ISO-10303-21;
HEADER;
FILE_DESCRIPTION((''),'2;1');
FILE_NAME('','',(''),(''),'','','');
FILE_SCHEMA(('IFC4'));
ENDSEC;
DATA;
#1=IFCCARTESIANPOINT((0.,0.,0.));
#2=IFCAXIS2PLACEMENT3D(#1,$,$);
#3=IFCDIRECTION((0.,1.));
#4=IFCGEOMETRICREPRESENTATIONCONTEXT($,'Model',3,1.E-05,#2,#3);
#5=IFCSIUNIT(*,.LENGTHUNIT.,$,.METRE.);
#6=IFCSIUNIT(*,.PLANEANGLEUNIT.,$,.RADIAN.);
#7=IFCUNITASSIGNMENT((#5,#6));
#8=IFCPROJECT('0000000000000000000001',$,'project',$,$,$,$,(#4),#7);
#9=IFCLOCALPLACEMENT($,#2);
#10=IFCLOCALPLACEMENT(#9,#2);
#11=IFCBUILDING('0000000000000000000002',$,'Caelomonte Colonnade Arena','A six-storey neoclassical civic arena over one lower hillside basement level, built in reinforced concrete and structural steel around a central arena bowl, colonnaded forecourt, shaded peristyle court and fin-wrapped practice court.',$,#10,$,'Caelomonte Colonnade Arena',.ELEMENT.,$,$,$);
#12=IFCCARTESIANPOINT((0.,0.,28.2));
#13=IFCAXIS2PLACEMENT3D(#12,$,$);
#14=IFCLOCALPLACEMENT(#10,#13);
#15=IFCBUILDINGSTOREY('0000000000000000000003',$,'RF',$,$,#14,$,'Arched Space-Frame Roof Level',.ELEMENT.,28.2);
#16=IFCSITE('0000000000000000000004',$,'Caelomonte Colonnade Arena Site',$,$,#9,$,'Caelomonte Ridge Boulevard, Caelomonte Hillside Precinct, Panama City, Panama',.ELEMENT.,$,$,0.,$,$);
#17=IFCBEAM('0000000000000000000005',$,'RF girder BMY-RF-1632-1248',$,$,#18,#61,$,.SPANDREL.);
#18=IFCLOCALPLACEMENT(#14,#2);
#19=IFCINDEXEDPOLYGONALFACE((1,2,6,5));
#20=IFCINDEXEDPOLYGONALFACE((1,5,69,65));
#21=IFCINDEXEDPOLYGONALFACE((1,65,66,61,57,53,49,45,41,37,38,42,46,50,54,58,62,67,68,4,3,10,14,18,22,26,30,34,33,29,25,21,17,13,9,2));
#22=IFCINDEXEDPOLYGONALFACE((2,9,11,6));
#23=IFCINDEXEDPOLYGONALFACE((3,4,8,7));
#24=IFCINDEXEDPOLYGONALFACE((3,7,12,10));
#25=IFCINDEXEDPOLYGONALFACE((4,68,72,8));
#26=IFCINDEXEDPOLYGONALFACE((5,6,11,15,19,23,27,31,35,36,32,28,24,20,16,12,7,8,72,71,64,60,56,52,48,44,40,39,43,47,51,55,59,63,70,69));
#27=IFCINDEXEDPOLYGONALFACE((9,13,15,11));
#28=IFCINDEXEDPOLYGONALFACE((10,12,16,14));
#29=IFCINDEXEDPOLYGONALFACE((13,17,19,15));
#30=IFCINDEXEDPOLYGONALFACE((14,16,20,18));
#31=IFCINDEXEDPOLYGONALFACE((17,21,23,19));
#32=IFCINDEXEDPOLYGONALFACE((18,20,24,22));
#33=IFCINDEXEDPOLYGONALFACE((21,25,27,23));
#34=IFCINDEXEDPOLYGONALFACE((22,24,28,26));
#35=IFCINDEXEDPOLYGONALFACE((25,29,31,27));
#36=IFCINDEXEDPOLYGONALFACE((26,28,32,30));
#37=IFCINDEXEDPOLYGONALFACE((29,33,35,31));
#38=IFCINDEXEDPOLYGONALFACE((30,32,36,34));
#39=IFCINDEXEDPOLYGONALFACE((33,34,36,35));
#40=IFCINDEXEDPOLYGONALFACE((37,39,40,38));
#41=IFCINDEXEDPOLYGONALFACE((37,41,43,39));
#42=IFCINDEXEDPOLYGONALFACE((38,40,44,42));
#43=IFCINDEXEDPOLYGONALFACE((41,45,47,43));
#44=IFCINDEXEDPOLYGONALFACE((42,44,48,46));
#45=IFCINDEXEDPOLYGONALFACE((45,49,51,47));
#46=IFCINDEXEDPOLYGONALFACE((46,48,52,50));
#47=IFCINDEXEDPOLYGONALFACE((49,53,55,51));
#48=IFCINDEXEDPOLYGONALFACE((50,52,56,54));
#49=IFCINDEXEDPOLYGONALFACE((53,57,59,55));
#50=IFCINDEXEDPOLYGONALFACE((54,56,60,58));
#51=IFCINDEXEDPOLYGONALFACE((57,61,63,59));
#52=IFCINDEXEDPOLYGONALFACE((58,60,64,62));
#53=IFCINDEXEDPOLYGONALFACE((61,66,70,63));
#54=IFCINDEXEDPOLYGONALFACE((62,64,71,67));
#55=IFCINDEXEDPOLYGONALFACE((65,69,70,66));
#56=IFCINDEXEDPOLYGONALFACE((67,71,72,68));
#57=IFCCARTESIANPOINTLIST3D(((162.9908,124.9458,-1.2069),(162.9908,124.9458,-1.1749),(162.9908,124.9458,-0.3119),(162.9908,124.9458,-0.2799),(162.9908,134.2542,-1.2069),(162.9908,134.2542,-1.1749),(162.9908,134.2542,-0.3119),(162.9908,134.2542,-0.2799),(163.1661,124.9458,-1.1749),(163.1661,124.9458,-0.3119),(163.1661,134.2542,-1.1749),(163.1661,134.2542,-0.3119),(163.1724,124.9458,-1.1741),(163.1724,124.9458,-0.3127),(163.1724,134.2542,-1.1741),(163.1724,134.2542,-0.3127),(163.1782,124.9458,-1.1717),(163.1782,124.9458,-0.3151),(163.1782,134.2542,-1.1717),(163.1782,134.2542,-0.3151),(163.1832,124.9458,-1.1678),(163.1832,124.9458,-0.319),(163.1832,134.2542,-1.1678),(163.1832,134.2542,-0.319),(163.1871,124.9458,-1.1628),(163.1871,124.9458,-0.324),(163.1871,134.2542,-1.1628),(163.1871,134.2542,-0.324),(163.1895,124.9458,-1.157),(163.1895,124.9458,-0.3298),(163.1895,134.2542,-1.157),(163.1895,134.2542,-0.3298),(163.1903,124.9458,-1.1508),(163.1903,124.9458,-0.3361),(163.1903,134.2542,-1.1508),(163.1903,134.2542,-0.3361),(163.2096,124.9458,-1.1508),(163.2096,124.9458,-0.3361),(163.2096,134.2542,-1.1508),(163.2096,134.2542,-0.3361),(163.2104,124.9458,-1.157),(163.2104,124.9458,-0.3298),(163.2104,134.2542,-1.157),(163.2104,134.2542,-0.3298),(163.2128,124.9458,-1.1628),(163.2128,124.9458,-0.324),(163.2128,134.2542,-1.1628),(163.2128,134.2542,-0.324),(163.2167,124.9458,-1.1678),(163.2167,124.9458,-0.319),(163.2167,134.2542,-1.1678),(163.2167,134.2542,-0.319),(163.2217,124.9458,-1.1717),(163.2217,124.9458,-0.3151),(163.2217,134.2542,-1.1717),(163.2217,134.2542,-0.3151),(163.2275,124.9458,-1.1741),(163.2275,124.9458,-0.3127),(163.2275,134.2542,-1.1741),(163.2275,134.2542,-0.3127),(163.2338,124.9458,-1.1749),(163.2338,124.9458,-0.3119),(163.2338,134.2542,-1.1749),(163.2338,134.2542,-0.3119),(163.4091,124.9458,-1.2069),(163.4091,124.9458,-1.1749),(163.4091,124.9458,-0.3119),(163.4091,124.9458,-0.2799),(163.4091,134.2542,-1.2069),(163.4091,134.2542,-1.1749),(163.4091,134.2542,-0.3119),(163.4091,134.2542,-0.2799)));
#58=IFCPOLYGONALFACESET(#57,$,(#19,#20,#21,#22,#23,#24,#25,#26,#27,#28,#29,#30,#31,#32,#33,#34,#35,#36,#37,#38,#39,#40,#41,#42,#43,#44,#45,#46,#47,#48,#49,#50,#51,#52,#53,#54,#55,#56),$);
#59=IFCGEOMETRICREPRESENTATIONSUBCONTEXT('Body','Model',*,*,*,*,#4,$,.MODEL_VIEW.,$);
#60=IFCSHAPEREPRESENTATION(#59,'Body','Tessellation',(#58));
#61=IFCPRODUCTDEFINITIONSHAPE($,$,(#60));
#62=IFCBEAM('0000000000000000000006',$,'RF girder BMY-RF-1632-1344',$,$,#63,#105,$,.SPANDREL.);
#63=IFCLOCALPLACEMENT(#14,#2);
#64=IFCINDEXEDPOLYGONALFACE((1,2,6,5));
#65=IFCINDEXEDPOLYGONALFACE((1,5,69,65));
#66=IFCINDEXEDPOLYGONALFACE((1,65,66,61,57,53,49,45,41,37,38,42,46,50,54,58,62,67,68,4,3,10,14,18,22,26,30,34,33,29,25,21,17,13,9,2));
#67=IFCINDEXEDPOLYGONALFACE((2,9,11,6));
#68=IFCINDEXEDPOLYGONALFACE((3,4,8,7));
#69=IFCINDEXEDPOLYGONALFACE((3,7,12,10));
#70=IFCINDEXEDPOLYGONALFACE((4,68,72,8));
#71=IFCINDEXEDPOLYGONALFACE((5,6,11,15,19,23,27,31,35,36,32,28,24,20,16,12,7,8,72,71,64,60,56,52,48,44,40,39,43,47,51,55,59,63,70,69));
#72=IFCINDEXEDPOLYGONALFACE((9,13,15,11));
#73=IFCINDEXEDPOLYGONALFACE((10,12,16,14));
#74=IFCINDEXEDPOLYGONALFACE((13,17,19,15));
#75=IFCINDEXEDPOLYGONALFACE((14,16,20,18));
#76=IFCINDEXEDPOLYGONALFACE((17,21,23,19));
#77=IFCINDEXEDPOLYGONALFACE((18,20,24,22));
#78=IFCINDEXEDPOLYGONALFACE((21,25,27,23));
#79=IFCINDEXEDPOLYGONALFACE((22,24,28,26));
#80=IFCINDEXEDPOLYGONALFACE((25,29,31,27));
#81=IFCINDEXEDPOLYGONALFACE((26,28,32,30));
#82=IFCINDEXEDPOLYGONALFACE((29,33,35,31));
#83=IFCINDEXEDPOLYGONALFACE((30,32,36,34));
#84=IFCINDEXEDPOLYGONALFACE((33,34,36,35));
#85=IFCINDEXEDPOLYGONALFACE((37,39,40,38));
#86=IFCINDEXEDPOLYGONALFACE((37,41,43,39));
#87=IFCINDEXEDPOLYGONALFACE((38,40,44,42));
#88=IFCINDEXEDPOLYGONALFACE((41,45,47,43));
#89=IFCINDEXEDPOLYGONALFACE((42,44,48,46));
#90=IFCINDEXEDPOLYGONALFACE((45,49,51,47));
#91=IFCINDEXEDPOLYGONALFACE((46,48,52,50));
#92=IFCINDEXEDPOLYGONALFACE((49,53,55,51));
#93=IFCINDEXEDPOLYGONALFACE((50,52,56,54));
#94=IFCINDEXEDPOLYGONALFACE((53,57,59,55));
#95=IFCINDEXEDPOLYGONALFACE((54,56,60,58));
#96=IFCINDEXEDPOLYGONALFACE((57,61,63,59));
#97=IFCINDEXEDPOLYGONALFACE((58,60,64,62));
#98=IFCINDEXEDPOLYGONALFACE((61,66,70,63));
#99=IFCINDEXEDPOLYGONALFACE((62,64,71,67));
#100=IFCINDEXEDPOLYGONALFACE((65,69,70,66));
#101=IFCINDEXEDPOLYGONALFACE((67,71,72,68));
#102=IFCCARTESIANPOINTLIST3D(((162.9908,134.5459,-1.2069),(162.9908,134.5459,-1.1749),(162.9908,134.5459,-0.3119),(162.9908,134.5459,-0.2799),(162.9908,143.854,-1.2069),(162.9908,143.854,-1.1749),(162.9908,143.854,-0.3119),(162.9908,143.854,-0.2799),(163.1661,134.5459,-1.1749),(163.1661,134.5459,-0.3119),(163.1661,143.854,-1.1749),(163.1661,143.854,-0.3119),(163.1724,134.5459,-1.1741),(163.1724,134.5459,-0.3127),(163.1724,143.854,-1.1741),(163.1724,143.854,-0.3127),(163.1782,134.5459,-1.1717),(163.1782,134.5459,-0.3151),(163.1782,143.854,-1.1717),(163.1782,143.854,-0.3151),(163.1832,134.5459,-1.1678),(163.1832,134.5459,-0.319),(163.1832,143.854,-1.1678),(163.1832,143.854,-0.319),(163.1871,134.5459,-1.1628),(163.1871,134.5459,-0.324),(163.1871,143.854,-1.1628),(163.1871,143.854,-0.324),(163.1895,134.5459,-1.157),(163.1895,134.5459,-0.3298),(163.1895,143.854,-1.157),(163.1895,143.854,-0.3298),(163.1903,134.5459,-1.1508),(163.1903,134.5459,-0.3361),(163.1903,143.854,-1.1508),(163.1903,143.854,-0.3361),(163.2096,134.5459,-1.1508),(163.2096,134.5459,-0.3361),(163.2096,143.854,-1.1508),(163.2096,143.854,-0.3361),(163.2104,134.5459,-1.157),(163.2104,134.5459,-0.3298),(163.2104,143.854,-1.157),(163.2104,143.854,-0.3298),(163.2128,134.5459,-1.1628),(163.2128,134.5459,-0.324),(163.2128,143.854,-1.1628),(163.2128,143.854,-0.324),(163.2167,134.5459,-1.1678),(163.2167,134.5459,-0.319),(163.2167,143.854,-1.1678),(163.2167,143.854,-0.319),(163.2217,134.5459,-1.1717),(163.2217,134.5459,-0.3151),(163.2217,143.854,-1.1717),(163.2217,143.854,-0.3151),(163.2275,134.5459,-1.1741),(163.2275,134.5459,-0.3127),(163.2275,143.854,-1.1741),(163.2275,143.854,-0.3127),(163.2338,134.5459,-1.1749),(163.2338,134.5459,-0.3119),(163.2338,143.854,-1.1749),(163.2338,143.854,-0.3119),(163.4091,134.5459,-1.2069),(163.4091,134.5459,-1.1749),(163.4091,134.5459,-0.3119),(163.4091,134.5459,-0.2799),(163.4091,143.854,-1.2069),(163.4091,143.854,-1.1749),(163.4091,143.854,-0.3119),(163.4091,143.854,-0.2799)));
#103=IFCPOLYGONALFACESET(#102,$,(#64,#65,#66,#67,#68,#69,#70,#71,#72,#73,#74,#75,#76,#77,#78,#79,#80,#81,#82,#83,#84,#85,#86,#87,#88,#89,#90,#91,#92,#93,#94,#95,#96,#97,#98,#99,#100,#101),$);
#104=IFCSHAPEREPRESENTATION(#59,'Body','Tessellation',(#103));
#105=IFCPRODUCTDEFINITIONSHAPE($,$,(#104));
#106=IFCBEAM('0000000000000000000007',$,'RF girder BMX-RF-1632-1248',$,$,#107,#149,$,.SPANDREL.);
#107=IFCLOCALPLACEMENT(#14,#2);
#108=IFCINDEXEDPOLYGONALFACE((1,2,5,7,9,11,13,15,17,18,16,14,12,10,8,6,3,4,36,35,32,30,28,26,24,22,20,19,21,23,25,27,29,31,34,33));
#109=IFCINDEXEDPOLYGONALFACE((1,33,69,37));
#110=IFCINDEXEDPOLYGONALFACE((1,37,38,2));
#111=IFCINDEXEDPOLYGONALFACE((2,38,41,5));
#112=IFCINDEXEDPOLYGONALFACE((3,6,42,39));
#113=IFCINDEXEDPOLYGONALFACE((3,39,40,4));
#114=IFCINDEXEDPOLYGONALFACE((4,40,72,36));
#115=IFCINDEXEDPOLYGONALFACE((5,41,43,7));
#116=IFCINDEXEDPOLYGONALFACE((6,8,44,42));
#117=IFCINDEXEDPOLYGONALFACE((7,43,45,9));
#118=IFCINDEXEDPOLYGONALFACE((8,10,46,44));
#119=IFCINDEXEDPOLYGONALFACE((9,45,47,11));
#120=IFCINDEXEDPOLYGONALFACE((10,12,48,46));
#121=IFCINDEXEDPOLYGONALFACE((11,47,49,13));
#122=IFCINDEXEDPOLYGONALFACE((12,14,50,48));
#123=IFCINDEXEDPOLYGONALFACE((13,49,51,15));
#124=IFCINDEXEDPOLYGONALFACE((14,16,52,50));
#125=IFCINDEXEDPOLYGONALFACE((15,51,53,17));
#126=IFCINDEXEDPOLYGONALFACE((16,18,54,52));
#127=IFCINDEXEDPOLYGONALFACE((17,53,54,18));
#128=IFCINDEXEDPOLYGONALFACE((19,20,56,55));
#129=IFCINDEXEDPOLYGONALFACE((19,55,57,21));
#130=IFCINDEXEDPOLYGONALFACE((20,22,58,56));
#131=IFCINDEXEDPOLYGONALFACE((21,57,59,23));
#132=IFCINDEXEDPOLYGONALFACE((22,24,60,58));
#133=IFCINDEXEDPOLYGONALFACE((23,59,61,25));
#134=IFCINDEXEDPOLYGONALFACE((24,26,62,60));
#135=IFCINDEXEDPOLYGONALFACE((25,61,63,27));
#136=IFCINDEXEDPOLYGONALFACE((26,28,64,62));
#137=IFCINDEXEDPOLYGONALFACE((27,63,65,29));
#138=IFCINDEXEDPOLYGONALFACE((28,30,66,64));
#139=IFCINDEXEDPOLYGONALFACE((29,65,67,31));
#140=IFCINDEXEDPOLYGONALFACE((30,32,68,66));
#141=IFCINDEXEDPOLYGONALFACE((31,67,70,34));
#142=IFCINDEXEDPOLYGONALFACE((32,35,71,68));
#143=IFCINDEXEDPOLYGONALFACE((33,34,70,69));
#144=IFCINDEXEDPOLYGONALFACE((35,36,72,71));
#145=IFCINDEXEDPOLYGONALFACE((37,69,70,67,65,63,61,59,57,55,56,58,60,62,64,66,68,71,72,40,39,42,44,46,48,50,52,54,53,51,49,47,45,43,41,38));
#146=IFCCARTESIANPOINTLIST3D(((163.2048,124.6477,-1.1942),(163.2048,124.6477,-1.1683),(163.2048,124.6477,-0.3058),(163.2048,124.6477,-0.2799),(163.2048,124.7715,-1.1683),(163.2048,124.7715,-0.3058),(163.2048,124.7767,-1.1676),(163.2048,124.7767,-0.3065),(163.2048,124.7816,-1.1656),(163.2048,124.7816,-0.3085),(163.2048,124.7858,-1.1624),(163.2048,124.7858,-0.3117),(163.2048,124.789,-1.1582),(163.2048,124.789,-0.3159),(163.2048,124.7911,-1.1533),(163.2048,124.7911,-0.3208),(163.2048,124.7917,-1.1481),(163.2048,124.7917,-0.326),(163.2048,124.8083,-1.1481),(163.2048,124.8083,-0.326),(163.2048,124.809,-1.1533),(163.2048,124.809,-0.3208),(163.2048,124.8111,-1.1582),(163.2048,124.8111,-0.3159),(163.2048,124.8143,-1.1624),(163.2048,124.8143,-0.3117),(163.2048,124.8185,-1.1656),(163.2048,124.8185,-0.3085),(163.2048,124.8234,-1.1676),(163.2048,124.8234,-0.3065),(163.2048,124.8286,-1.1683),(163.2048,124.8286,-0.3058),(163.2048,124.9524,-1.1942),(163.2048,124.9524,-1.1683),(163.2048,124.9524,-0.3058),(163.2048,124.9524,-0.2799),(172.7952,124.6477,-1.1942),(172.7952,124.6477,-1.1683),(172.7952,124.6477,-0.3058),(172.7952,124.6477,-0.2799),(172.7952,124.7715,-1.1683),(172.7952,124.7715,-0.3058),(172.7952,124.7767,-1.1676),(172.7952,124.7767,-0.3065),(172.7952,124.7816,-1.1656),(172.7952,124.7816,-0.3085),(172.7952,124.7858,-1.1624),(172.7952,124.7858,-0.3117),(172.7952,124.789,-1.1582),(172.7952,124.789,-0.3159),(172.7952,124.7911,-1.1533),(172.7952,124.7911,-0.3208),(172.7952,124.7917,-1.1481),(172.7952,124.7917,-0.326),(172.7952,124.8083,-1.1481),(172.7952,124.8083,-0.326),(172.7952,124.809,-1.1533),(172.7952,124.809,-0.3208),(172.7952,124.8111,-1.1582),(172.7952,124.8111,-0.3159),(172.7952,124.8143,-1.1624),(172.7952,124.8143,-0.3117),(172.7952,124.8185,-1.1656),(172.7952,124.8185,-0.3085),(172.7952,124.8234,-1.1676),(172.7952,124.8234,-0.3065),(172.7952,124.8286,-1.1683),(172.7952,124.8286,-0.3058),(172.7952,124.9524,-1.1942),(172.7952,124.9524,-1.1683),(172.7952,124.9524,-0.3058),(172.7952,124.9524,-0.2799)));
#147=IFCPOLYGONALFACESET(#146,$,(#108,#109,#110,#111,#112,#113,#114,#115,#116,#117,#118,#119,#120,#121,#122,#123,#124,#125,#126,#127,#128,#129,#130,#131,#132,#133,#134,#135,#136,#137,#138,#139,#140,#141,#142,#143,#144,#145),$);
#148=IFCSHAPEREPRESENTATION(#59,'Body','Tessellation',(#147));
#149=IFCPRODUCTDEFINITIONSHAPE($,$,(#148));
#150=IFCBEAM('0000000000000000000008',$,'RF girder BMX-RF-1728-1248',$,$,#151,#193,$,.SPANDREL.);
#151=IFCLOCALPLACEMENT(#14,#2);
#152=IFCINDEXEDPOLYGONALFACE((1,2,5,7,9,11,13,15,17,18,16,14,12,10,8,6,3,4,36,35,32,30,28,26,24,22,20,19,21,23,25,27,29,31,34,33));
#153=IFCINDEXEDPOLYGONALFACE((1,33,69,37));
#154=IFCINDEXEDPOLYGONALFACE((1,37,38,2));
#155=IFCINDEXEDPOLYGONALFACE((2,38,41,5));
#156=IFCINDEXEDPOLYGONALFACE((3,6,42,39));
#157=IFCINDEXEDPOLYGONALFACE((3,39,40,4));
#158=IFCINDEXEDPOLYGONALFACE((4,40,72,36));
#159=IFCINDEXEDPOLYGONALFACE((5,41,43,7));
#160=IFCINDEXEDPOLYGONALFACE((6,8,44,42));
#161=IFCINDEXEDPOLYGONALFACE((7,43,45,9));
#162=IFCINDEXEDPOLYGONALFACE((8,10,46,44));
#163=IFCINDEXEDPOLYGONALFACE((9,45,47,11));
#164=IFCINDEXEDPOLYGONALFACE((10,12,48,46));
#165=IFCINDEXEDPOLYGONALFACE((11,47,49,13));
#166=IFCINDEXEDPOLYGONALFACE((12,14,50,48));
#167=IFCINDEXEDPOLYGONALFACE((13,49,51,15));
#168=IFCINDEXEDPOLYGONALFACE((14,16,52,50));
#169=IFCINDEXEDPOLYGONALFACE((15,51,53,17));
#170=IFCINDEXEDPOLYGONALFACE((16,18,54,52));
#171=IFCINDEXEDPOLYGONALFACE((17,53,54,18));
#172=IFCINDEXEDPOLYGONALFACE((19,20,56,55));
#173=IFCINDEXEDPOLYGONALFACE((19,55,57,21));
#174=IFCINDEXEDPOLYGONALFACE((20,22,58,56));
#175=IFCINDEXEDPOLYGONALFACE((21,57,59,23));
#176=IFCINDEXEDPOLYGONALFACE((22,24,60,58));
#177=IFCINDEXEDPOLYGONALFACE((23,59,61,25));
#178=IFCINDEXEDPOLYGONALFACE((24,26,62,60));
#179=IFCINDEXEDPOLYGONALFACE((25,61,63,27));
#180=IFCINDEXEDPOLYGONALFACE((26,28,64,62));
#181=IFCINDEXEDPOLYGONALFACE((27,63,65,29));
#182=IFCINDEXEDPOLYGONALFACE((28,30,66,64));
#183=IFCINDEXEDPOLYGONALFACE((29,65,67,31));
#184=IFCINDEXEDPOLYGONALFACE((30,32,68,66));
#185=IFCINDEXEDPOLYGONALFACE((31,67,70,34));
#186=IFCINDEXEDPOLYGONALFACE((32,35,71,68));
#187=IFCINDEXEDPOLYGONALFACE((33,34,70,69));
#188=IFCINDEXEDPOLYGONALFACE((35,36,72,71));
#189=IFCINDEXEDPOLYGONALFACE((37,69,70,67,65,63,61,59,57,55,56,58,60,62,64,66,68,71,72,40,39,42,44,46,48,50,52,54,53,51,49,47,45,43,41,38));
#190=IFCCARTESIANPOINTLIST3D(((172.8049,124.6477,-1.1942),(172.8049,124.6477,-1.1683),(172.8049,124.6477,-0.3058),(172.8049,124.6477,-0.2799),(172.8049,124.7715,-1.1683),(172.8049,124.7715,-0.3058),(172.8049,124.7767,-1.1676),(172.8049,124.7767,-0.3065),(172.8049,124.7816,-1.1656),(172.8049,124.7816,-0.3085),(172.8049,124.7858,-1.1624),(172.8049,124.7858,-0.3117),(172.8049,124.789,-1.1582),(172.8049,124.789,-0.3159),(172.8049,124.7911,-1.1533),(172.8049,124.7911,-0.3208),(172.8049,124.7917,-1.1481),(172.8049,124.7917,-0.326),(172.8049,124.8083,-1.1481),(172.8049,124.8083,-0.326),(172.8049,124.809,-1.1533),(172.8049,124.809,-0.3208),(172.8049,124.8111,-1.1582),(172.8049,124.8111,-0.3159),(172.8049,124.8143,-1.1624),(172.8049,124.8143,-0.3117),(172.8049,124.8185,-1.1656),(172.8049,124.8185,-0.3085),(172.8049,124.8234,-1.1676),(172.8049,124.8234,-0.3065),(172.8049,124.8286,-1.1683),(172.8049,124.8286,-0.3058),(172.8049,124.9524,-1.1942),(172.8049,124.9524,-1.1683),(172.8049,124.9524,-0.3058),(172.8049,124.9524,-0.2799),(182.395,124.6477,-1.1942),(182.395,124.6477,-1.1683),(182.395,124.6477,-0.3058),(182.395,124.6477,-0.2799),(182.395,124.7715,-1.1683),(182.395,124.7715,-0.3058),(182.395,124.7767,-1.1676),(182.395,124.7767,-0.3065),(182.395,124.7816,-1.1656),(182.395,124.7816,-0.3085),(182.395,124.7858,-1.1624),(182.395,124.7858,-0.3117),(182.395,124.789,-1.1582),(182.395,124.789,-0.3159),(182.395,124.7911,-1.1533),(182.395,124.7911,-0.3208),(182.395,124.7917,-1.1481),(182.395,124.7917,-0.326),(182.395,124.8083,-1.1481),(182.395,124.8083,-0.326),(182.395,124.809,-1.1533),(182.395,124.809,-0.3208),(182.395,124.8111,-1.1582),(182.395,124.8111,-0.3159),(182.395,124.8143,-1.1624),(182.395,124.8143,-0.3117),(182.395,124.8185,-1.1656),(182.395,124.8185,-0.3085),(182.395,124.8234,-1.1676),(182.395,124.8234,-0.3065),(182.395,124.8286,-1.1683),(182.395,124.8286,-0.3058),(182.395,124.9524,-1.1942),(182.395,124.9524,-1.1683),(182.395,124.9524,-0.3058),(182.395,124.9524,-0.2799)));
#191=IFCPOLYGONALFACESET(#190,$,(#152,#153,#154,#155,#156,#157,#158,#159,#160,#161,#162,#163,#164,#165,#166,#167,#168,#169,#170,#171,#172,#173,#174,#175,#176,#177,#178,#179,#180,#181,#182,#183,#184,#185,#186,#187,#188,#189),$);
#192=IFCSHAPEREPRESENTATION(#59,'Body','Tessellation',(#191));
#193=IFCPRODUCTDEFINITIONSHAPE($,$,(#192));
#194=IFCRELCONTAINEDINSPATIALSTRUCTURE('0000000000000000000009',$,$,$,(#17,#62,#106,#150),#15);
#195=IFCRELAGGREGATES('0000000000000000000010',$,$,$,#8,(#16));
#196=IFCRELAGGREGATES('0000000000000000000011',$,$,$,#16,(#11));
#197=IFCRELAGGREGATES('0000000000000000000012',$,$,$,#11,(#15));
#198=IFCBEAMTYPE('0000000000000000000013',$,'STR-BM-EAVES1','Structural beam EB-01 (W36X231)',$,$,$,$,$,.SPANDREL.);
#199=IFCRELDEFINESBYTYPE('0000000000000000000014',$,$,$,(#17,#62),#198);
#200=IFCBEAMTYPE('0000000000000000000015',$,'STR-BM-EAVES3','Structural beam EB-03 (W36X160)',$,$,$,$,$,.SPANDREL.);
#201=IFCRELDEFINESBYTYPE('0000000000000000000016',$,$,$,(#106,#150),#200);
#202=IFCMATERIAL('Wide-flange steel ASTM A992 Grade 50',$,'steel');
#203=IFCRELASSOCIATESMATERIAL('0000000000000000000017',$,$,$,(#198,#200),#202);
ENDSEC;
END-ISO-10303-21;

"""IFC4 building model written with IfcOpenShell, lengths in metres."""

from ifc_helpers import new_model, si_unit, direction, frame, origin, origin_2d, place, context, subcontext, project, spatial, i_section, extrude, material, material_profile, profile_set, type_object, element, save


model = new_model("IFC4")

# Units and contexts
model_context = context("Model", 3, precision=1e-05, world=origin(), true_north=direction((0.0, 1.0)))
body_context = subcontext(model_context, "Body", "Model", "MODEL_VIEW")
ifc_project = project(units=[si_unit("LENGTHUNIT", "METRE"), si_unit("PLANEANGLEUNIT", "RADIAN")], contexts=[model_context])

# Site, building, storey
site_placement = place(None, origin())
site = spatial("IfcSite", under=ifc_project, at=site_placement, Name="Caelomonte Colonnade Arena Site", LongName="Caelomonte Ridge Boulevard, Caelomonte Hillside Precinct, Panama City, Panama", CompositionType="ELEMENT", RefElevation=0.0)
building_placement = place(site_placement, origin())
building = spatial("IfcBuilding", under=site, at=building_placement, Name="Caelomonte Colonnade Arena", Description="A six-storey neoclassical civic arena over one lower hillside basement level, built in reinforced concrete and structural steel around a central arena bowl, colonnaded forecourt, shaded peristyle court and fin-wrapped practice court.", LongName="Caelomonte Colonnade Arena", CompositionType="ELEMENT")
storey_placement = place(building_placement, frame((0.0, 0.0, 28.2)))
storey = spatial("IfcBuildingStorey", under=building, at=storey_placement, Name="RF", LongName="Arched Space-Frame Roof Level", CompositionType="ELEMENT", Elevation=28.2)

# Beams
ifc_material_1 = material(Name="Wide-flange steel ASTM A992 Grade 50", Category="steel")
ifc_material_profile_1 = material_profile(ifc_material_1, i_section(OverallWidth=0.4182, OverallDepth=0.927, WebThickness=0.0193, FlangeThickness=0.032, FilletRadius=0.0242, at=origin_2d()), Name="W36X231")
ifc_profile_set_1 = profile_set([ifc_material_profile_1], Name="Wide-flange steel ASTM A992 Grade 50")
beam_type_1 = type_object("IfcBeamType", Name="STR-BM-EAVES1", Description="Structural beam EB-01 (W36X231)", PredefinedType="SPANDREL", material=ifc_profile_set_1)
beam_1_placement = place(storey_placement, frame((163.2, 124.9458, -0.7434), z_axis=(0.0, 1.0, 0.0), x_axis=(-1.0, 0.0, 0.0)))
element("IfcBeam", 1, at=beam_1_placement, inside=storey, type_object=beam_type_1, Name="RF girder BMY-RF-1632-1248", PredefinedType="SPANDREL", context=body_context, shape_type="SweptSolid", body=[
    extrude(i_section(OverallWidth=0.4182, OverallDepth=0.927, WebThickness=0.0193, FlangeThickness=0.032, FilletRadius=0.0242, at=origin_2d()), origin(), (0.0, 0.0, 1.0), 9.3083),
])
beam_2_placement = place(storey_placement, frame((163.2, 134.5459, -0.7434), z_axis=(0.0, 1.0, 0.0), x_axis=(-1.0, 0.0, 0.0)))
element("IfcBeam", 2, at=beam_2_placement, inside=storey, type_object=beam_type_1, Name="RF girder BMY-RF-1632-1344", PredefinedType="SPANDREL", context=body_context, shape_type="SweptSolid", body=[
    extrude(i_section(OverallWidth=0.4182, OverallDepth=0.927, WebThickness=0.0193, FlangeThickness=0.032, FilletRadius=0.0242, at=origin_2d()), origin(), (0.0, 0.0, 1.0), 9.3081),
])
ifc_material_profile_2 = material_profile(ifc_material_1, i_section(OverallWidth=0.3047, OverallDepth=0.9143, WebThickness=0.0166, FlangeThickness=0.0259, FilletRadius=0.0203, at=origin_2d()), Name="W36X160")
ifc_profile_set_2 = profile_set([ifc_material_profile_2], Name="Wide-flange steel ASTM A992 Grade 50")
beam_type_2 = type_object("IfcBeamType", Name="STR-BM-EAVES3", Description="Structural beam EB-03 (W36X160)", PredefinedType="SPANDREL", material=ifc_profile_set_2)
beam_3_placement = place(storey_placement, frame((163.2048, 124.8, -0.7371), z_axis=(1.0, 0.0, 0.0), x_axis=(0.0, 1.0, 0.0)))
element("IfcBeam", 3, at=beam_3_placement, inside=storey, type_object=beam_type_2, Name="RF girder BMX-RF-1632-1248", PredefinedType="SPANDREL", context=body_context, shape_type="SweptSolid", body=[
    extrude(i_section(OverallWidth=0.3047, OverallDepth=0.9143, WebThickness=0.0166, FlangeThickness=0.0259, FilletRadius=0.0203, at=origin_2d()), origin(), (0.0, 0.0, 1.0), 9.5903),
])
for number, where, z_axis, x_axis, name in (
    (4, (172.8049, 124.8, -0.7371), (1.0, 0.0, 0.0), (0.0, 1.0, 0.0), "RF girder BMX-RF-1728-1248"),
):
    element("IfcBeam", number, at=place(storey_placement, frame(where, z_axis=z_axis, x_axis=x_axis)), inside=storey, type_object=beam_type_2, Name=name, PredefinedType="SPANDREL", context=body_context, shape_type="SweptSolid", body=[
        extrude(i_section(OverallWidth=0.3047, OverallDepth=0.9143, WebThickness=0.0166, FlangeThickness=0.0259, FilletRadius=0.0203, at=origin_2d()), origin(), (0.0, 0.0, 1.0), 9.5901),
    ])

save(model, "model.ifc")
